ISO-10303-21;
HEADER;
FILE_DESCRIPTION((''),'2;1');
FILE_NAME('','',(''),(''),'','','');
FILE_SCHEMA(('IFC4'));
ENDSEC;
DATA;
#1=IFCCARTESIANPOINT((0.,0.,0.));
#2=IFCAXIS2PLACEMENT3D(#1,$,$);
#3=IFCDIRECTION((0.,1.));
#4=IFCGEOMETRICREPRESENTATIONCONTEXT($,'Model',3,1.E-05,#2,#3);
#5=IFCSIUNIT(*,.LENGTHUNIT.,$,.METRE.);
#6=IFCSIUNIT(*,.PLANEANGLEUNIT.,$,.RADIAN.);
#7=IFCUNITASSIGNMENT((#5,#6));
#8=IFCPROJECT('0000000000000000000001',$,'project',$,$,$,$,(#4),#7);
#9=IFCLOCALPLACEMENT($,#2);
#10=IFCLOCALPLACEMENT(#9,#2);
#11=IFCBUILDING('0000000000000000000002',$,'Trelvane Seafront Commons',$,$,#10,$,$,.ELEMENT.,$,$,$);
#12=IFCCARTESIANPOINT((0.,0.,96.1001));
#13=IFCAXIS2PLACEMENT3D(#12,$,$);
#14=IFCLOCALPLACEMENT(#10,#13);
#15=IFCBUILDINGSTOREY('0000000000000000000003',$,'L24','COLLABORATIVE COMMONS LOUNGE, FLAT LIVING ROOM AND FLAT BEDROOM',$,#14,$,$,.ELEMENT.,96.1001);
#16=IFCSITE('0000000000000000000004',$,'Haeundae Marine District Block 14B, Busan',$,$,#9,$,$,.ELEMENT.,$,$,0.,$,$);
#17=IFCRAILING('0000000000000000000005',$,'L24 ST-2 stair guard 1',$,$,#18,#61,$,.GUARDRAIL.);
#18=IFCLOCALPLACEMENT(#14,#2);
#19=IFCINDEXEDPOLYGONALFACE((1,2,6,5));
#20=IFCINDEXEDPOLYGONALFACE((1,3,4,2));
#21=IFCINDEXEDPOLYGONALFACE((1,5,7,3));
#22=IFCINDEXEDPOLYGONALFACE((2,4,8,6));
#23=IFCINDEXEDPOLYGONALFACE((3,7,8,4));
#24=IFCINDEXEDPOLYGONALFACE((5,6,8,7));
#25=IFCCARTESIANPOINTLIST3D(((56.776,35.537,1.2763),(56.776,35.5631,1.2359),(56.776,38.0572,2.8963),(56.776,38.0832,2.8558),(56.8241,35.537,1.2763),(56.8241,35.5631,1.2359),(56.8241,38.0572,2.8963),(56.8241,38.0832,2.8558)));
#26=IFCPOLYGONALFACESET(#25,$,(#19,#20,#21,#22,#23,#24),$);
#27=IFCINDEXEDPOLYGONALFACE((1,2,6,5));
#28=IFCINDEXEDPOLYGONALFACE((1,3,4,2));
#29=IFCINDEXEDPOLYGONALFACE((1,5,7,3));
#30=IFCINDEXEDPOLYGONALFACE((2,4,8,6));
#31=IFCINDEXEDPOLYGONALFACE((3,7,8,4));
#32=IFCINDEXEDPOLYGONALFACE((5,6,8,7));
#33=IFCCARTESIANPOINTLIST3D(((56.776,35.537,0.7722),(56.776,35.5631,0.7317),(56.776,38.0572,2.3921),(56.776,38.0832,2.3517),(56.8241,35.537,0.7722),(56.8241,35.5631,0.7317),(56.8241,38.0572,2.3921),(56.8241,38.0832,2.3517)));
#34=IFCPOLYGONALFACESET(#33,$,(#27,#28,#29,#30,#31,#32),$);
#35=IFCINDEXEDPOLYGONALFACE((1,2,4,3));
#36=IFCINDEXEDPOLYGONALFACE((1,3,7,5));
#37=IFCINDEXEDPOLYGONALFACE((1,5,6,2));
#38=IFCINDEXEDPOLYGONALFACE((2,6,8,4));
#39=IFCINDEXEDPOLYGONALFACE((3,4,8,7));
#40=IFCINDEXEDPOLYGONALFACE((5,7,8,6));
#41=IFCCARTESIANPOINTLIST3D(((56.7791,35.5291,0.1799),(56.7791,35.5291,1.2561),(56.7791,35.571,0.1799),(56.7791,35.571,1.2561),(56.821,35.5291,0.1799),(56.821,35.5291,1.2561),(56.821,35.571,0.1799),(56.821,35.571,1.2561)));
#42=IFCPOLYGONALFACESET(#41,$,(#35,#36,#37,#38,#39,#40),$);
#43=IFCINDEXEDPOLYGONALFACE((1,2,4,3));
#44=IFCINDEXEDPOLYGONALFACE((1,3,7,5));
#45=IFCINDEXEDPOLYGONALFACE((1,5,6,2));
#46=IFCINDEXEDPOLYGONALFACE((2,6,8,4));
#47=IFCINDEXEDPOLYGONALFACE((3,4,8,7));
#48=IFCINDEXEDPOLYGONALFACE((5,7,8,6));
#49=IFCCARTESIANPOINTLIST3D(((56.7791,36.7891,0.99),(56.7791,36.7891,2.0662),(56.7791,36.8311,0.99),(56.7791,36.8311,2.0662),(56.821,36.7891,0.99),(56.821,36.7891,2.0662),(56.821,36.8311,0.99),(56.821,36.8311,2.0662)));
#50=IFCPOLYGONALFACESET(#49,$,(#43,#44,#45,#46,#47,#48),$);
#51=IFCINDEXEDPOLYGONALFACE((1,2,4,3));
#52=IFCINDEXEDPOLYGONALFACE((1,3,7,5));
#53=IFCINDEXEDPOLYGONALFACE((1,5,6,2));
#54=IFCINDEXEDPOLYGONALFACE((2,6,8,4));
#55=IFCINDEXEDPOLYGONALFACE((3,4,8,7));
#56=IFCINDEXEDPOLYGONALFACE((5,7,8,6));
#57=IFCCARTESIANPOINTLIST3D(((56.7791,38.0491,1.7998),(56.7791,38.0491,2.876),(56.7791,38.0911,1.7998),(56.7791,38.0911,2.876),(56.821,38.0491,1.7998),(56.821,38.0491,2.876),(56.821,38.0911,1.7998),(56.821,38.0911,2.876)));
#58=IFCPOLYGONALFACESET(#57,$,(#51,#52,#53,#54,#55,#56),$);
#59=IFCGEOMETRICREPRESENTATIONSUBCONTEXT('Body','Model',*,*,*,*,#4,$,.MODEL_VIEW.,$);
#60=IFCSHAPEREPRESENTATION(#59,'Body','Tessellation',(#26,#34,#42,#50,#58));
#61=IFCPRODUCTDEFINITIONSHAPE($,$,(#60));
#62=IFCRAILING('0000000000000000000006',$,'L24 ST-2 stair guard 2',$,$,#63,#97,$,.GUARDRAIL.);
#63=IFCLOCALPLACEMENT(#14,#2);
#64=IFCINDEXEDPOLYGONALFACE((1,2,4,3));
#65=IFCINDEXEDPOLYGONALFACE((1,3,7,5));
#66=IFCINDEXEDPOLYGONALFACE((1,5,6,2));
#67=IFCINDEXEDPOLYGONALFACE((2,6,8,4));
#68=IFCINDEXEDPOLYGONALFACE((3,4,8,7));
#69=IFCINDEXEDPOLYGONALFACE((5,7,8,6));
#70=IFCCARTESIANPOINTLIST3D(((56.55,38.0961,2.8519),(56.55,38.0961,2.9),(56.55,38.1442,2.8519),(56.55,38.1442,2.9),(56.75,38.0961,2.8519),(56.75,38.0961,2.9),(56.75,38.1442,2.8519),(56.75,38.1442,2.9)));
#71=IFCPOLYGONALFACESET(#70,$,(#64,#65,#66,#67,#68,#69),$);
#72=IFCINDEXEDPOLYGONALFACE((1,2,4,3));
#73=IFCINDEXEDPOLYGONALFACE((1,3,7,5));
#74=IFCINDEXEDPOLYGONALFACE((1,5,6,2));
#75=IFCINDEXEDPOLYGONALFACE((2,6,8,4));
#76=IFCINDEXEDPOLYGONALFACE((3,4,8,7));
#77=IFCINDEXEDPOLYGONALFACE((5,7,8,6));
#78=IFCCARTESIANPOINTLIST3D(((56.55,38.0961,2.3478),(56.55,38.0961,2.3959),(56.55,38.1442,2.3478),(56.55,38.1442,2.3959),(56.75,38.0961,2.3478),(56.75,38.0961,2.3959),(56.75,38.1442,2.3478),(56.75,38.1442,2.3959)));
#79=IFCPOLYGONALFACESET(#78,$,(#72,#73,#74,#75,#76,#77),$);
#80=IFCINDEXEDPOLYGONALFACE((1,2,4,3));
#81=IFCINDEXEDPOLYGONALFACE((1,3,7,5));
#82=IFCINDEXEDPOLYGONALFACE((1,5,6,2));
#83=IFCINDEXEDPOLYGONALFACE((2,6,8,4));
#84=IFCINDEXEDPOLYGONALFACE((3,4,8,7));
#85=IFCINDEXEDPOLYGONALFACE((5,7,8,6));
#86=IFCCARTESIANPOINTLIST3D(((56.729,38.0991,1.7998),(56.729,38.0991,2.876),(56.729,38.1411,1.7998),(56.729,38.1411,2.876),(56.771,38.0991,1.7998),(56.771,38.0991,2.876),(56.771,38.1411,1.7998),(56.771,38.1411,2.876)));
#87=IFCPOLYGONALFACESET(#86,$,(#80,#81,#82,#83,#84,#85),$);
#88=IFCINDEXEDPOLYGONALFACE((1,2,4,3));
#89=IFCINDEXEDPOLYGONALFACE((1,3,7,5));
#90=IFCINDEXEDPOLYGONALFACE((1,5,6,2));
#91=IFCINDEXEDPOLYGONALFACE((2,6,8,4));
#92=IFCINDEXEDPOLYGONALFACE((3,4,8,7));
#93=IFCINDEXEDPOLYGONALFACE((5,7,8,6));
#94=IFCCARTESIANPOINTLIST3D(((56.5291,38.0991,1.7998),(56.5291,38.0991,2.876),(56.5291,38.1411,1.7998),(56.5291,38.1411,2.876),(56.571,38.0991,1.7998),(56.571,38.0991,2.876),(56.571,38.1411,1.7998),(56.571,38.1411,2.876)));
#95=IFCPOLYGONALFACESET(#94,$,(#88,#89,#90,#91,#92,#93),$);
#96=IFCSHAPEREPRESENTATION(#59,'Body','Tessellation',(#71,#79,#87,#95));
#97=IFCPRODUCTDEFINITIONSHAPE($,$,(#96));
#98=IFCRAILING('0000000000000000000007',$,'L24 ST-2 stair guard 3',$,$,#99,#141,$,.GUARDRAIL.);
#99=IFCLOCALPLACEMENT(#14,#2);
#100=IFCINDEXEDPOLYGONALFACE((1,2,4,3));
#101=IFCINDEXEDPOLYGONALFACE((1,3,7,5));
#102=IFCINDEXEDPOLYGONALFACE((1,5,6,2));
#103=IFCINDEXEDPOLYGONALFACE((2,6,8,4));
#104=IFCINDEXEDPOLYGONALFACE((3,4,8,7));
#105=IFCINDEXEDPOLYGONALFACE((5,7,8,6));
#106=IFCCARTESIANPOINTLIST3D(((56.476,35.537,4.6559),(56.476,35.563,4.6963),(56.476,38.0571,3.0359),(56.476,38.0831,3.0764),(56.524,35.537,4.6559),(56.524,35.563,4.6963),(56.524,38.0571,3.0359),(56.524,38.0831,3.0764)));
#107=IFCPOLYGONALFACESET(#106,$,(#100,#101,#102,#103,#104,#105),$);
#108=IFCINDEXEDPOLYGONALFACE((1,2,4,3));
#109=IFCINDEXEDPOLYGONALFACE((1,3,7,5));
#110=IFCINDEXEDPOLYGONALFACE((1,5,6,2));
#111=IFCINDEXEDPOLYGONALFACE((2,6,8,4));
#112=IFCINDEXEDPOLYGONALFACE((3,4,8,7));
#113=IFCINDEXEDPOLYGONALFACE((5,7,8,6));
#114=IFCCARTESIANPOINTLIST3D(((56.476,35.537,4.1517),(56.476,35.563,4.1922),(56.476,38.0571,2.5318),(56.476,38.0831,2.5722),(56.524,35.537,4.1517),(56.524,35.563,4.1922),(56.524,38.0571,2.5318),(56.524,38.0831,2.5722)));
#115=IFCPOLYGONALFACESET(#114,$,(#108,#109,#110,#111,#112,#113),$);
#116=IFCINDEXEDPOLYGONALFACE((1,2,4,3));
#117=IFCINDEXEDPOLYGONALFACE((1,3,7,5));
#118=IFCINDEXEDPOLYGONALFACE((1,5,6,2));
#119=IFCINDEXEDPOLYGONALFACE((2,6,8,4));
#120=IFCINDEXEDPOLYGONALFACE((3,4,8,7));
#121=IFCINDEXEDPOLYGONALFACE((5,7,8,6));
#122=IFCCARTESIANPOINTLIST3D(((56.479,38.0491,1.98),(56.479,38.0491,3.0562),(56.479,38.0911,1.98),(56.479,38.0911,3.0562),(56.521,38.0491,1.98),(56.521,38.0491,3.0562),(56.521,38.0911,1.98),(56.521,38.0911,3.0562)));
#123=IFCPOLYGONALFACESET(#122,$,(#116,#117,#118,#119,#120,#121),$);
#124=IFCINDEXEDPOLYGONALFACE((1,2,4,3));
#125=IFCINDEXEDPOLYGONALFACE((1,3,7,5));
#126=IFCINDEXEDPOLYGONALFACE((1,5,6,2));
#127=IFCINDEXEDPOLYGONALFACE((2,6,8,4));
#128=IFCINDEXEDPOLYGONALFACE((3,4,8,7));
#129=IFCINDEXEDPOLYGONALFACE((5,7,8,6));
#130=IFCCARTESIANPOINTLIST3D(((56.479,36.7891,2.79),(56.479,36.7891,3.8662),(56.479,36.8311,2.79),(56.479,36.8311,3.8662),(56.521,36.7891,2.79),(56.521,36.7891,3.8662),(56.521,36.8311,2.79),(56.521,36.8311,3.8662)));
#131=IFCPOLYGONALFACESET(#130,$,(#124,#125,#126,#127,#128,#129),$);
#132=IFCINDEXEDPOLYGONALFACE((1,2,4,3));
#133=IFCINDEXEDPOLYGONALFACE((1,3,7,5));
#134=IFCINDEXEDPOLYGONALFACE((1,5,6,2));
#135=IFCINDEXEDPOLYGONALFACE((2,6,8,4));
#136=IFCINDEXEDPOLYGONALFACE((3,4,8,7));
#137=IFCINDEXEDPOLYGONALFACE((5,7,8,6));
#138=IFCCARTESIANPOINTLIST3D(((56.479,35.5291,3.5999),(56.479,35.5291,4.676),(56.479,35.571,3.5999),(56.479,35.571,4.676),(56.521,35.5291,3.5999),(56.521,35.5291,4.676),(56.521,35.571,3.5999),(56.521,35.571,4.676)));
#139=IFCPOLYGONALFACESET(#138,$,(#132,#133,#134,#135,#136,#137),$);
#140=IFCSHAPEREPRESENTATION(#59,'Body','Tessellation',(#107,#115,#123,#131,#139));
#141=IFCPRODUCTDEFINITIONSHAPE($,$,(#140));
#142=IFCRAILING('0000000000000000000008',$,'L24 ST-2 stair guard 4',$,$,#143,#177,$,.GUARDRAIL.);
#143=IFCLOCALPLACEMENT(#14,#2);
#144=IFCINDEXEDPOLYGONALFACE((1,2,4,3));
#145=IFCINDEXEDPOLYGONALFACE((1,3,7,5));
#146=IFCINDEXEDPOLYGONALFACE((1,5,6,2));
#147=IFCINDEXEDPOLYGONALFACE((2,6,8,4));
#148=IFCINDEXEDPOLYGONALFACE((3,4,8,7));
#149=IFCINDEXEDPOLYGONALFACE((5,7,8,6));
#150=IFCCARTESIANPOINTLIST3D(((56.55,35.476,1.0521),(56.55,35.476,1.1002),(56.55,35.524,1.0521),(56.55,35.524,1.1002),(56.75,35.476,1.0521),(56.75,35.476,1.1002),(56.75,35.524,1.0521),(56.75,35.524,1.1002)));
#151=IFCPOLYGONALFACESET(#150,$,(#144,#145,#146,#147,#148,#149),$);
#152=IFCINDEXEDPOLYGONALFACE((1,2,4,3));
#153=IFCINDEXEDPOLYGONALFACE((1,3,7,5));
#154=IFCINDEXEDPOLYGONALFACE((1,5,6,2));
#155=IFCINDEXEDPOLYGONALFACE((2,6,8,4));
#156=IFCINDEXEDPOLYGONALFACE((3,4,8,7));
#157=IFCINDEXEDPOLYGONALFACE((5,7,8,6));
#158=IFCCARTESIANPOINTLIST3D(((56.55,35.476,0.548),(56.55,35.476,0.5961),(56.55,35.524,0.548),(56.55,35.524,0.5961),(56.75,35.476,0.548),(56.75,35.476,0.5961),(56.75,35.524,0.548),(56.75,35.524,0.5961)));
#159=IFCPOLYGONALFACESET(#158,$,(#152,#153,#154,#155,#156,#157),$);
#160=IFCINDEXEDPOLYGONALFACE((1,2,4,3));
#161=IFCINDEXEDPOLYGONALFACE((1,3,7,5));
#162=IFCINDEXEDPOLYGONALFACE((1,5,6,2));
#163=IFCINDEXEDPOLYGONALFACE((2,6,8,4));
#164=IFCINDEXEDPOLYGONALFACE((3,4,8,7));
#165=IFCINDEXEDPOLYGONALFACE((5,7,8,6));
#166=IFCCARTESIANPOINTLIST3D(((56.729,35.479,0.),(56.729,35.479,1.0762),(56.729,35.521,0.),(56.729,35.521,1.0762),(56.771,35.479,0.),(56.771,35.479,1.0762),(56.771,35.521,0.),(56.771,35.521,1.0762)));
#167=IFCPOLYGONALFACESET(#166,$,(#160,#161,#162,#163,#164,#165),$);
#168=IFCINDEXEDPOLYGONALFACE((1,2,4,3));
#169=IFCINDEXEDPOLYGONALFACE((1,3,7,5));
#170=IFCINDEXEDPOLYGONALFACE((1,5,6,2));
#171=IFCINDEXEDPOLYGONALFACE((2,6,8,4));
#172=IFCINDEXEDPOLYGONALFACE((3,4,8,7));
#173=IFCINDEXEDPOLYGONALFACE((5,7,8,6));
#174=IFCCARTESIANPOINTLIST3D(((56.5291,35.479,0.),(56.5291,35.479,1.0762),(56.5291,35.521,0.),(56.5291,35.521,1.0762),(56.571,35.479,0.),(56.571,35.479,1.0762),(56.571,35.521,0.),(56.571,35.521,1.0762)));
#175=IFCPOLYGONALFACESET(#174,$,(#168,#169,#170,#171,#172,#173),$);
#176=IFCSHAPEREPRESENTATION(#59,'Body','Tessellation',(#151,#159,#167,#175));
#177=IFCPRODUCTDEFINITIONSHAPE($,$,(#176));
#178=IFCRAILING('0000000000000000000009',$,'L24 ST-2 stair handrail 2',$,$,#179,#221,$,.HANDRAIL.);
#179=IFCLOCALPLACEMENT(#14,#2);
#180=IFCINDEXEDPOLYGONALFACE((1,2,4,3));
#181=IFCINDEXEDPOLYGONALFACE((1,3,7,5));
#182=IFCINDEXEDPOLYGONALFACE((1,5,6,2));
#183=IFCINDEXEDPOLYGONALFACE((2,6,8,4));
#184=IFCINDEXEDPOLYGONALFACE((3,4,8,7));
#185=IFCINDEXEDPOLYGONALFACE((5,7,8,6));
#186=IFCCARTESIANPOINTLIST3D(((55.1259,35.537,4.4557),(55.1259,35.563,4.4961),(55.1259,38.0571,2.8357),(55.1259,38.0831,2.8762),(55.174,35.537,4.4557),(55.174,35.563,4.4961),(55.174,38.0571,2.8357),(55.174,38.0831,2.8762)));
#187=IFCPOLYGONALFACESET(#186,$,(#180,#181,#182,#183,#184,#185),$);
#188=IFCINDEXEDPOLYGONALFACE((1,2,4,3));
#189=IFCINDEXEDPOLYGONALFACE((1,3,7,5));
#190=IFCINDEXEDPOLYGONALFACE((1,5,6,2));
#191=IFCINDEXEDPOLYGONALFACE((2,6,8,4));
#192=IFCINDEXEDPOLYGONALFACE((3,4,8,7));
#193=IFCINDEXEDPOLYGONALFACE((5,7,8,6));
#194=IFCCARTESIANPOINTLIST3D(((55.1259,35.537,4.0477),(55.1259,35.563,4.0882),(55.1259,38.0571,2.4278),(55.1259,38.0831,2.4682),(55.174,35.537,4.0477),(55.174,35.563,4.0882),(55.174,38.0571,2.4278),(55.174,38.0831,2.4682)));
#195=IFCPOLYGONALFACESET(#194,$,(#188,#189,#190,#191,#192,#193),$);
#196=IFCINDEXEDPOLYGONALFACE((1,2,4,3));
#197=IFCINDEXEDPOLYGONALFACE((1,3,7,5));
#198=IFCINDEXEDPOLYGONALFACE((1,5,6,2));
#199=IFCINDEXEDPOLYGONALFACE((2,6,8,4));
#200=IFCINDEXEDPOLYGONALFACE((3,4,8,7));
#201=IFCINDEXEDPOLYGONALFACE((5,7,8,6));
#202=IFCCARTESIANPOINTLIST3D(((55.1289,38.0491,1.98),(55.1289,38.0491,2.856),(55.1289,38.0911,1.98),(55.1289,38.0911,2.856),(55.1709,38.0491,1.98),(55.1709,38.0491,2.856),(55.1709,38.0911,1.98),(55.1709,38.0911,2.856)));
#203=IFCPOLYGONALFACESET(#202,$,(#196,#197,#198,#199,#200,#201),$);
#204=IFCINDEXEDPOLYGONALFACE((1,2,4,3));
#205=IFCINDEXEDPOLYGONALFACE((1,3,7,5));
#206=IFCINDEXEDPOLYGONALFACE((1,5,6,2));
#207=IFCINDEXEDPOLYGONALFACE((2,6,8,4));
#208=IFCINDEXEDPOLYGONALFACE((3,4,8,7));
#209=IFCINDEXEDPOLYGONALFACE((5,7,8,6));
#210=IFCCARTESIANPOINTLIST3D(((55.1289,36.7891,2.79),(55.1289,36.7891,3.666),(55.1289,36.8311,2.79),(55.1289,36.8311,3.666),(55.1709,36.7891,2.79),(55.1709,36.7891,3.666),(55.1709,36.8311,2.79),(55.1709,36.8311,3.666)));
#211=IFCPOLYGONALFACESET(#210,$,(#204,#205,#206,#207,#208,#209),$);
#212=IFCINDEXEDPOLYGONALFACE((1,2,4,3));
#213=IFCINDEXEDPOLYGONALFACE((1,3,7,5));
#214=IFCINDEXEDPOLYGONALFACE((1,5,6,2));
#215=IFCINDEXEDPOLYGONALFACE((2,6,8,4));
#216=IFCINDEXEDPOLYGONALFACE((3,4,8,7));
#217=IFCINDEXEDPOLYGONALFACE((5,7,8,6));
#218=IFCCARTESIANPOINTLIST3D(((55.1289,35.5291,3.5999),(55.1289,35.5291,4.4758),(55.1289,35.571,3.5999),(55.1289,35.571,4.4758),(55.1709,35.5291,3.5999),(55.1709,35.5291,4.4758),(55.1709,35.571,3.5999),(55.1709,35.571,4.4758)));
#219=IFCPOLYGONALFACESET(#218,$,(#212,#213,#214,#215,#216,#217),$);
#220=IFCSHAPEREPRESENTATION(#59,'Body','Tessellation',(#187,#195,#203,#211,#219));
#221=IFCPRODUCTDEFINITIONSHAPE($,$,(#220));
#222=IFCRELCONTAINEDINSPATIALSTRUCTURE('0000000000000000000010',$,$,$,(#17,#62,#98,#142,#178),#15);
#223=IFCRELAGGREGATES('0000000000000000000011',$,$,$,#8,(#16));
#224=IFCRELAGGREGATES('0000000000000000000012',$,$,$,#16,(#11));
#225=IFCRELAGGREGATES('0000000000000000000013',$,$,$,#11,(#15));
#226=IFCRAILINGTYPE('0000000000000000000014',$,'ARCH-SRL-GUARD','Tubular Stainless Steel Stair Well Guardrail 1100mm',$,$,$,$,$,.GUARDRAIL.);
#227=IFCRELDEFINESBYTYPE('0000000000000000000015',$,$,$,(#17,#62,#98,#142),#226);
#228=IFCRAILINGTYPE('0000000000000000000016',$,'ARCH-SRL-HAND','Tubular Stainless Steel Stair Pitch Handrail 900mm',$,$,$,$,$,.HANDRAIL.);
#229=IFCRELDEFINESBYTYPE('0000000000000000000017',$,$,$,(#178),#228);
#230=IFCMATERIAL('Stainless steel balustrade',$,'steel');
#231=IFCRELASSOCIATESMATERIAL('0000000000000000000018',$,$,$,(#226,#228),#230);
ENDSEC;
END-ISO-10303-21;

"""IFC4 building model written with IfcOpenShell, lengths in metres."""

from ifc_helpers import new_model, si_unit, direction, frame, origin, origin_2d, place, context, subcontext, project, spatial, rectangle, extrude, material, type_object, element, save


model = new_model("IFC4")

# Units and contexts
model_context = context("Model", 3, precision=1e-05, world=origin(), true_north=direction((0.0, 1.0)))
body_context = subcontext(model_context, "Body", "Model", "MODEL_VIEW")
ifc_project = project(units=[si_unit("LENGTHUNIT", "METRE"), si_unit("PLANEANGLEUNIT", "RADIAN")], contexts=[model_context])

# Site, building, storey
site_placement = place(None, origin())
site = spatial("IfcSite", under=ifc_project, at=site_placement, Name="Haeundae Marine District Block 14B, Busan", CompositionType="ELEMENT", RefElevation=0.0)
building_placement = place(site_placement, origin())
building = spatial("IfcBuilding", under=site, at=building_placement, Name="Trelvane Seafront Commons", CompositionType="ELEMENT")
storey_placement = place(building_placement, frame((0.0, 0.0, 96.1001)))
storey = spatial("IfcBuildingStorey", under=building, at=storey_placement, Name="L24", Description="COLLABORATIVE COMMONS LOUNGE, FLAT LIVING ROOM AND FLAT BEDROOM", CompositionType="ELEMENT", Elevation=96.1001)

# Railings
ifc_material_1 = material(Name="Stainless steel balustrade", Category="steel")
railing_type_1 = type_object("IfcRailingType", Name="ARCH-SRL-GUARD", Description="Tubular Stainless Steel Stair Well Guardrail 1100mm", PredefinedType="GUARDRAIL", material=ifc_material_1)
railing_1_placement = place(storey_placement, frame((56.8, 35.55, 0.1799)))
element("IfcRailing", 1, at=railing_1_placement, inside=storey, type_object=railing_type_1, Name="L24 ST-2 stair guard 1", PredefinedType="GUARDRAIL", context=body_context, shape_type="SweptSolid", body=[
    extrude(rectangle(XDim=0.0481, YDim=0.0481, at=origin_2d()), frame((0.0, 0.0, 1.0762), z_axis=(0.0, 0.8412, 0.540725), x_axis=(-1.0, 0.0, 0.0)), (0.0, 0.0, 1.0), 2.9958),
    extrude(rectangle(XDim=0.0481, YDim=0.0481, at=origin_2d()), frame((0.0, 0.0, 0.572), z_axis=(0.0, 0.8412, 0.540725), x_axis=(-1.0, 0.0, 0.0)), (0.0, 0.0, 1.0), 2.9958),
    extrude(rectangle(XDim=0.042, YDim=0.042, at=origin_2d()), origin(), (0.0, 0.0, 1.0), 1.0762),
    extrude(rectangle(XDim=0.042, YDim=0.042, at=origin_2d()), frame((0.0, 1.26, 0.8101)), (0.0, 0.0, 1.0), 1.0762),
    extrude(rectangle(XDim=0.042, YDim=0.042, at=origin_2d()), frame((0.0, 2.52, 1.6199)), (0.0, 0.0, 1.0), 1.0762),
])
railing_2_placement = place(storey_placement, frame((56.75, 38.1201, 1.7998)))
element("IfcRailing", 2, at=railing_2_placement, inside=storey, type_object=railing_type_1, Name="L24 ST-2 stair guard 2", PredefinedType="GUARDRAIL", context=body_context, shape_type="SweptSolid", body=[
    extrude(rectangle(XDim=0.0481, YDim=0.0481, at=origin_2d()), frame((0.0, 0.0, 1.0762), z_axis=(-1.0, 0.0, 0.0), x_axis=(0.0, -1.0, 0.0)), (0.0, 0.0, 1.0), 0.2),
    extrude(rectangle(XDim=0.0481, YDim=0.0481, at=origin_2d()), frame((0.0, 0.0, 0.572), z_axis=(-1.0, 0.0, 0.0), x_axis=(0.0, -1.0, 0.0)), (0.0, 0.0, 1.0), 0.2),
    extrude(rectangle(XDim=0.042, YDim=0.042, at=origin_2d()), origin(), (0.0, 0.0, 1.0), 1.0762),
    extrude(rectangle(XDim=0.042, YDim=0.042, at=origin_2d()), frame((-0.2, 0.0, 0.0)), (0.0, 0.0, 1.0), 1.0762),
])
railing_3_placement = place(storey_placement, frame((56.5, 38.0701, 1.98)))
element("IfcRailing", 3, at=railing_3_placement, inside=storey, type_object=railing_type_1, Name="L24 ST-2 stair guard 3", PredefinedType="GUARDRAIL", context=body_context, shape_type="SweptSolid", body=[
    extrude(rectangle(XDim=0.0481, YDim=0.0481, at=origin_2d()), frame((0.0, 0.0, 1.0762), z_axis=(0.0, -0.8412, 0.540725), x_axis=(1.0, 0.0, 0.0)), (0.0, 0.0, 1.0), 2.9958),
    extrude(rectangle(XDim=0.0481, YDim=0.0481, at=origin_2d()), frame((0.0, 0.0, 0.572), z_axis=(0.0, -0.8412, 0.540725), x_axis=(1.0, 0.0, 0.0)), (0.0, 0.0, 1.0), 2.9958),
    extrude(rectangle(XDim=0.042, YDim=0.042, at=origin_2d()), origin(), (0.0, 0.0, 1.0), 1.0762),
    extrude(rectangle(XDim=0.042, YDim=0.042, at=origin_2d()), frame((0.0, -1.26, 0.8101)), (0.0, 0.0, 1.0), 1.0762),
    extrude(rectangle(XDim=0.042, YDim=0.042, at=origin_2d()), frame((0.0, -2.52, 1.6199)), (0.0, 0.0, 1.0), 1.0762),
])
railing_4_placement = place(storey_placement, frame((56.75, 35.5, 0.0)))
element("IfcRailing", 4, at=railing_4_placement, inside=storey, type_object=railing_type_1, Name="L24 ST-2 stair guard 4", PredefinedType="GUARDRAIL", context=body_context, shape_type="SweptSolid", body=[
    extrude(rectangle(XDim=0.0481, YDim=0.0481, at=origin_2d()), frame((0.0, 0.0, 1.0762), z_axis=(-1.0, 0.0, 0.0), x_axis=(0.0, -1.0, 0.0)), (0.0, 0.0, 1.0), 0.2),
    extrude(rectangle(XDim=0.0481, YDim=0.0481, at=origin_2d()), frame((0.0, 0.0, 0.572), z_axis=(-1.0, 0.0, 0.0), x_axis=(0.0, -1.0, 0.0)), (0.0, 0.0, 1.0), 0.2),
    extrude(rectangle(XDim=0.042, YDim=0.042, at=origin_2d()), origin(), (0.0, 0.0, 1.0), 1.0762),
    extrude(rectangle(XDim=0.042, YDim=0.042, at=origin_2d()), frame((-0.2, 0.0, 0.0)), (0.0, 0.0, 1.0), 1.0762),
])
railing_type_2 = type_object("IfcRailingType", Name="ARCH-SRL-HAND", Description="Tubular Stainless Steel Stair Pitch Handrail 900mm", PredefinedType="HANDRAIL", material=ifc_material_1)
railing_5_placement = place(storey_placement, frame((55.1499, 38.0701, 1.98)))
element("IfcRailing", 5, at=railing_5_placement, inside=storey, type_object=railing_type_2, Name="L24 ST-2 stair handrail 2", PredefinedType="HANDRAIL", context=body_context, shape_type="SweptSolid", body=[
    extrude(rectangle(XDim=0.0481, YDim=0.0481, at=origin_2d()), frame((0.0, 0.0, 0.876), z_axis=(0.0, -0.8412, 0.540725), x_axis=(1.0, 0.0, 0.0)), (0.0, 0.0, 1.0), 2.9958),
    extrude(rectangle(XDim=0.0481, YDim=0.0481, at=origin_2d()), frame((0.0, 0.0, 0.468), z_axis=(0.0, -0.8412, 0.540725), x_axis=(1.0, 0.0, 0.0)), (0.0, 0.0, 1.0), 2.9958),
    extrude(rectangle(XDim=0.042, YDim=0.042, at=origin_2d()), origin(), (0.0, 0.0, 1.0), 0.876),
    extrude(rectangle(XDim=0.042, YDim=0.042, at=origin_2d()), frame((0.0, -1.26, 0.8101)), (0.0, 0.0, 1.0), 0.876),
    extrude(rectangle(XDim=0.042, YDim=0.042, at=origin_2d()), frame((0.0, -2.52, 1.6199)), (0.0, 0.0, 1.0), 0.876),
])

save(model, "model.ifc")
